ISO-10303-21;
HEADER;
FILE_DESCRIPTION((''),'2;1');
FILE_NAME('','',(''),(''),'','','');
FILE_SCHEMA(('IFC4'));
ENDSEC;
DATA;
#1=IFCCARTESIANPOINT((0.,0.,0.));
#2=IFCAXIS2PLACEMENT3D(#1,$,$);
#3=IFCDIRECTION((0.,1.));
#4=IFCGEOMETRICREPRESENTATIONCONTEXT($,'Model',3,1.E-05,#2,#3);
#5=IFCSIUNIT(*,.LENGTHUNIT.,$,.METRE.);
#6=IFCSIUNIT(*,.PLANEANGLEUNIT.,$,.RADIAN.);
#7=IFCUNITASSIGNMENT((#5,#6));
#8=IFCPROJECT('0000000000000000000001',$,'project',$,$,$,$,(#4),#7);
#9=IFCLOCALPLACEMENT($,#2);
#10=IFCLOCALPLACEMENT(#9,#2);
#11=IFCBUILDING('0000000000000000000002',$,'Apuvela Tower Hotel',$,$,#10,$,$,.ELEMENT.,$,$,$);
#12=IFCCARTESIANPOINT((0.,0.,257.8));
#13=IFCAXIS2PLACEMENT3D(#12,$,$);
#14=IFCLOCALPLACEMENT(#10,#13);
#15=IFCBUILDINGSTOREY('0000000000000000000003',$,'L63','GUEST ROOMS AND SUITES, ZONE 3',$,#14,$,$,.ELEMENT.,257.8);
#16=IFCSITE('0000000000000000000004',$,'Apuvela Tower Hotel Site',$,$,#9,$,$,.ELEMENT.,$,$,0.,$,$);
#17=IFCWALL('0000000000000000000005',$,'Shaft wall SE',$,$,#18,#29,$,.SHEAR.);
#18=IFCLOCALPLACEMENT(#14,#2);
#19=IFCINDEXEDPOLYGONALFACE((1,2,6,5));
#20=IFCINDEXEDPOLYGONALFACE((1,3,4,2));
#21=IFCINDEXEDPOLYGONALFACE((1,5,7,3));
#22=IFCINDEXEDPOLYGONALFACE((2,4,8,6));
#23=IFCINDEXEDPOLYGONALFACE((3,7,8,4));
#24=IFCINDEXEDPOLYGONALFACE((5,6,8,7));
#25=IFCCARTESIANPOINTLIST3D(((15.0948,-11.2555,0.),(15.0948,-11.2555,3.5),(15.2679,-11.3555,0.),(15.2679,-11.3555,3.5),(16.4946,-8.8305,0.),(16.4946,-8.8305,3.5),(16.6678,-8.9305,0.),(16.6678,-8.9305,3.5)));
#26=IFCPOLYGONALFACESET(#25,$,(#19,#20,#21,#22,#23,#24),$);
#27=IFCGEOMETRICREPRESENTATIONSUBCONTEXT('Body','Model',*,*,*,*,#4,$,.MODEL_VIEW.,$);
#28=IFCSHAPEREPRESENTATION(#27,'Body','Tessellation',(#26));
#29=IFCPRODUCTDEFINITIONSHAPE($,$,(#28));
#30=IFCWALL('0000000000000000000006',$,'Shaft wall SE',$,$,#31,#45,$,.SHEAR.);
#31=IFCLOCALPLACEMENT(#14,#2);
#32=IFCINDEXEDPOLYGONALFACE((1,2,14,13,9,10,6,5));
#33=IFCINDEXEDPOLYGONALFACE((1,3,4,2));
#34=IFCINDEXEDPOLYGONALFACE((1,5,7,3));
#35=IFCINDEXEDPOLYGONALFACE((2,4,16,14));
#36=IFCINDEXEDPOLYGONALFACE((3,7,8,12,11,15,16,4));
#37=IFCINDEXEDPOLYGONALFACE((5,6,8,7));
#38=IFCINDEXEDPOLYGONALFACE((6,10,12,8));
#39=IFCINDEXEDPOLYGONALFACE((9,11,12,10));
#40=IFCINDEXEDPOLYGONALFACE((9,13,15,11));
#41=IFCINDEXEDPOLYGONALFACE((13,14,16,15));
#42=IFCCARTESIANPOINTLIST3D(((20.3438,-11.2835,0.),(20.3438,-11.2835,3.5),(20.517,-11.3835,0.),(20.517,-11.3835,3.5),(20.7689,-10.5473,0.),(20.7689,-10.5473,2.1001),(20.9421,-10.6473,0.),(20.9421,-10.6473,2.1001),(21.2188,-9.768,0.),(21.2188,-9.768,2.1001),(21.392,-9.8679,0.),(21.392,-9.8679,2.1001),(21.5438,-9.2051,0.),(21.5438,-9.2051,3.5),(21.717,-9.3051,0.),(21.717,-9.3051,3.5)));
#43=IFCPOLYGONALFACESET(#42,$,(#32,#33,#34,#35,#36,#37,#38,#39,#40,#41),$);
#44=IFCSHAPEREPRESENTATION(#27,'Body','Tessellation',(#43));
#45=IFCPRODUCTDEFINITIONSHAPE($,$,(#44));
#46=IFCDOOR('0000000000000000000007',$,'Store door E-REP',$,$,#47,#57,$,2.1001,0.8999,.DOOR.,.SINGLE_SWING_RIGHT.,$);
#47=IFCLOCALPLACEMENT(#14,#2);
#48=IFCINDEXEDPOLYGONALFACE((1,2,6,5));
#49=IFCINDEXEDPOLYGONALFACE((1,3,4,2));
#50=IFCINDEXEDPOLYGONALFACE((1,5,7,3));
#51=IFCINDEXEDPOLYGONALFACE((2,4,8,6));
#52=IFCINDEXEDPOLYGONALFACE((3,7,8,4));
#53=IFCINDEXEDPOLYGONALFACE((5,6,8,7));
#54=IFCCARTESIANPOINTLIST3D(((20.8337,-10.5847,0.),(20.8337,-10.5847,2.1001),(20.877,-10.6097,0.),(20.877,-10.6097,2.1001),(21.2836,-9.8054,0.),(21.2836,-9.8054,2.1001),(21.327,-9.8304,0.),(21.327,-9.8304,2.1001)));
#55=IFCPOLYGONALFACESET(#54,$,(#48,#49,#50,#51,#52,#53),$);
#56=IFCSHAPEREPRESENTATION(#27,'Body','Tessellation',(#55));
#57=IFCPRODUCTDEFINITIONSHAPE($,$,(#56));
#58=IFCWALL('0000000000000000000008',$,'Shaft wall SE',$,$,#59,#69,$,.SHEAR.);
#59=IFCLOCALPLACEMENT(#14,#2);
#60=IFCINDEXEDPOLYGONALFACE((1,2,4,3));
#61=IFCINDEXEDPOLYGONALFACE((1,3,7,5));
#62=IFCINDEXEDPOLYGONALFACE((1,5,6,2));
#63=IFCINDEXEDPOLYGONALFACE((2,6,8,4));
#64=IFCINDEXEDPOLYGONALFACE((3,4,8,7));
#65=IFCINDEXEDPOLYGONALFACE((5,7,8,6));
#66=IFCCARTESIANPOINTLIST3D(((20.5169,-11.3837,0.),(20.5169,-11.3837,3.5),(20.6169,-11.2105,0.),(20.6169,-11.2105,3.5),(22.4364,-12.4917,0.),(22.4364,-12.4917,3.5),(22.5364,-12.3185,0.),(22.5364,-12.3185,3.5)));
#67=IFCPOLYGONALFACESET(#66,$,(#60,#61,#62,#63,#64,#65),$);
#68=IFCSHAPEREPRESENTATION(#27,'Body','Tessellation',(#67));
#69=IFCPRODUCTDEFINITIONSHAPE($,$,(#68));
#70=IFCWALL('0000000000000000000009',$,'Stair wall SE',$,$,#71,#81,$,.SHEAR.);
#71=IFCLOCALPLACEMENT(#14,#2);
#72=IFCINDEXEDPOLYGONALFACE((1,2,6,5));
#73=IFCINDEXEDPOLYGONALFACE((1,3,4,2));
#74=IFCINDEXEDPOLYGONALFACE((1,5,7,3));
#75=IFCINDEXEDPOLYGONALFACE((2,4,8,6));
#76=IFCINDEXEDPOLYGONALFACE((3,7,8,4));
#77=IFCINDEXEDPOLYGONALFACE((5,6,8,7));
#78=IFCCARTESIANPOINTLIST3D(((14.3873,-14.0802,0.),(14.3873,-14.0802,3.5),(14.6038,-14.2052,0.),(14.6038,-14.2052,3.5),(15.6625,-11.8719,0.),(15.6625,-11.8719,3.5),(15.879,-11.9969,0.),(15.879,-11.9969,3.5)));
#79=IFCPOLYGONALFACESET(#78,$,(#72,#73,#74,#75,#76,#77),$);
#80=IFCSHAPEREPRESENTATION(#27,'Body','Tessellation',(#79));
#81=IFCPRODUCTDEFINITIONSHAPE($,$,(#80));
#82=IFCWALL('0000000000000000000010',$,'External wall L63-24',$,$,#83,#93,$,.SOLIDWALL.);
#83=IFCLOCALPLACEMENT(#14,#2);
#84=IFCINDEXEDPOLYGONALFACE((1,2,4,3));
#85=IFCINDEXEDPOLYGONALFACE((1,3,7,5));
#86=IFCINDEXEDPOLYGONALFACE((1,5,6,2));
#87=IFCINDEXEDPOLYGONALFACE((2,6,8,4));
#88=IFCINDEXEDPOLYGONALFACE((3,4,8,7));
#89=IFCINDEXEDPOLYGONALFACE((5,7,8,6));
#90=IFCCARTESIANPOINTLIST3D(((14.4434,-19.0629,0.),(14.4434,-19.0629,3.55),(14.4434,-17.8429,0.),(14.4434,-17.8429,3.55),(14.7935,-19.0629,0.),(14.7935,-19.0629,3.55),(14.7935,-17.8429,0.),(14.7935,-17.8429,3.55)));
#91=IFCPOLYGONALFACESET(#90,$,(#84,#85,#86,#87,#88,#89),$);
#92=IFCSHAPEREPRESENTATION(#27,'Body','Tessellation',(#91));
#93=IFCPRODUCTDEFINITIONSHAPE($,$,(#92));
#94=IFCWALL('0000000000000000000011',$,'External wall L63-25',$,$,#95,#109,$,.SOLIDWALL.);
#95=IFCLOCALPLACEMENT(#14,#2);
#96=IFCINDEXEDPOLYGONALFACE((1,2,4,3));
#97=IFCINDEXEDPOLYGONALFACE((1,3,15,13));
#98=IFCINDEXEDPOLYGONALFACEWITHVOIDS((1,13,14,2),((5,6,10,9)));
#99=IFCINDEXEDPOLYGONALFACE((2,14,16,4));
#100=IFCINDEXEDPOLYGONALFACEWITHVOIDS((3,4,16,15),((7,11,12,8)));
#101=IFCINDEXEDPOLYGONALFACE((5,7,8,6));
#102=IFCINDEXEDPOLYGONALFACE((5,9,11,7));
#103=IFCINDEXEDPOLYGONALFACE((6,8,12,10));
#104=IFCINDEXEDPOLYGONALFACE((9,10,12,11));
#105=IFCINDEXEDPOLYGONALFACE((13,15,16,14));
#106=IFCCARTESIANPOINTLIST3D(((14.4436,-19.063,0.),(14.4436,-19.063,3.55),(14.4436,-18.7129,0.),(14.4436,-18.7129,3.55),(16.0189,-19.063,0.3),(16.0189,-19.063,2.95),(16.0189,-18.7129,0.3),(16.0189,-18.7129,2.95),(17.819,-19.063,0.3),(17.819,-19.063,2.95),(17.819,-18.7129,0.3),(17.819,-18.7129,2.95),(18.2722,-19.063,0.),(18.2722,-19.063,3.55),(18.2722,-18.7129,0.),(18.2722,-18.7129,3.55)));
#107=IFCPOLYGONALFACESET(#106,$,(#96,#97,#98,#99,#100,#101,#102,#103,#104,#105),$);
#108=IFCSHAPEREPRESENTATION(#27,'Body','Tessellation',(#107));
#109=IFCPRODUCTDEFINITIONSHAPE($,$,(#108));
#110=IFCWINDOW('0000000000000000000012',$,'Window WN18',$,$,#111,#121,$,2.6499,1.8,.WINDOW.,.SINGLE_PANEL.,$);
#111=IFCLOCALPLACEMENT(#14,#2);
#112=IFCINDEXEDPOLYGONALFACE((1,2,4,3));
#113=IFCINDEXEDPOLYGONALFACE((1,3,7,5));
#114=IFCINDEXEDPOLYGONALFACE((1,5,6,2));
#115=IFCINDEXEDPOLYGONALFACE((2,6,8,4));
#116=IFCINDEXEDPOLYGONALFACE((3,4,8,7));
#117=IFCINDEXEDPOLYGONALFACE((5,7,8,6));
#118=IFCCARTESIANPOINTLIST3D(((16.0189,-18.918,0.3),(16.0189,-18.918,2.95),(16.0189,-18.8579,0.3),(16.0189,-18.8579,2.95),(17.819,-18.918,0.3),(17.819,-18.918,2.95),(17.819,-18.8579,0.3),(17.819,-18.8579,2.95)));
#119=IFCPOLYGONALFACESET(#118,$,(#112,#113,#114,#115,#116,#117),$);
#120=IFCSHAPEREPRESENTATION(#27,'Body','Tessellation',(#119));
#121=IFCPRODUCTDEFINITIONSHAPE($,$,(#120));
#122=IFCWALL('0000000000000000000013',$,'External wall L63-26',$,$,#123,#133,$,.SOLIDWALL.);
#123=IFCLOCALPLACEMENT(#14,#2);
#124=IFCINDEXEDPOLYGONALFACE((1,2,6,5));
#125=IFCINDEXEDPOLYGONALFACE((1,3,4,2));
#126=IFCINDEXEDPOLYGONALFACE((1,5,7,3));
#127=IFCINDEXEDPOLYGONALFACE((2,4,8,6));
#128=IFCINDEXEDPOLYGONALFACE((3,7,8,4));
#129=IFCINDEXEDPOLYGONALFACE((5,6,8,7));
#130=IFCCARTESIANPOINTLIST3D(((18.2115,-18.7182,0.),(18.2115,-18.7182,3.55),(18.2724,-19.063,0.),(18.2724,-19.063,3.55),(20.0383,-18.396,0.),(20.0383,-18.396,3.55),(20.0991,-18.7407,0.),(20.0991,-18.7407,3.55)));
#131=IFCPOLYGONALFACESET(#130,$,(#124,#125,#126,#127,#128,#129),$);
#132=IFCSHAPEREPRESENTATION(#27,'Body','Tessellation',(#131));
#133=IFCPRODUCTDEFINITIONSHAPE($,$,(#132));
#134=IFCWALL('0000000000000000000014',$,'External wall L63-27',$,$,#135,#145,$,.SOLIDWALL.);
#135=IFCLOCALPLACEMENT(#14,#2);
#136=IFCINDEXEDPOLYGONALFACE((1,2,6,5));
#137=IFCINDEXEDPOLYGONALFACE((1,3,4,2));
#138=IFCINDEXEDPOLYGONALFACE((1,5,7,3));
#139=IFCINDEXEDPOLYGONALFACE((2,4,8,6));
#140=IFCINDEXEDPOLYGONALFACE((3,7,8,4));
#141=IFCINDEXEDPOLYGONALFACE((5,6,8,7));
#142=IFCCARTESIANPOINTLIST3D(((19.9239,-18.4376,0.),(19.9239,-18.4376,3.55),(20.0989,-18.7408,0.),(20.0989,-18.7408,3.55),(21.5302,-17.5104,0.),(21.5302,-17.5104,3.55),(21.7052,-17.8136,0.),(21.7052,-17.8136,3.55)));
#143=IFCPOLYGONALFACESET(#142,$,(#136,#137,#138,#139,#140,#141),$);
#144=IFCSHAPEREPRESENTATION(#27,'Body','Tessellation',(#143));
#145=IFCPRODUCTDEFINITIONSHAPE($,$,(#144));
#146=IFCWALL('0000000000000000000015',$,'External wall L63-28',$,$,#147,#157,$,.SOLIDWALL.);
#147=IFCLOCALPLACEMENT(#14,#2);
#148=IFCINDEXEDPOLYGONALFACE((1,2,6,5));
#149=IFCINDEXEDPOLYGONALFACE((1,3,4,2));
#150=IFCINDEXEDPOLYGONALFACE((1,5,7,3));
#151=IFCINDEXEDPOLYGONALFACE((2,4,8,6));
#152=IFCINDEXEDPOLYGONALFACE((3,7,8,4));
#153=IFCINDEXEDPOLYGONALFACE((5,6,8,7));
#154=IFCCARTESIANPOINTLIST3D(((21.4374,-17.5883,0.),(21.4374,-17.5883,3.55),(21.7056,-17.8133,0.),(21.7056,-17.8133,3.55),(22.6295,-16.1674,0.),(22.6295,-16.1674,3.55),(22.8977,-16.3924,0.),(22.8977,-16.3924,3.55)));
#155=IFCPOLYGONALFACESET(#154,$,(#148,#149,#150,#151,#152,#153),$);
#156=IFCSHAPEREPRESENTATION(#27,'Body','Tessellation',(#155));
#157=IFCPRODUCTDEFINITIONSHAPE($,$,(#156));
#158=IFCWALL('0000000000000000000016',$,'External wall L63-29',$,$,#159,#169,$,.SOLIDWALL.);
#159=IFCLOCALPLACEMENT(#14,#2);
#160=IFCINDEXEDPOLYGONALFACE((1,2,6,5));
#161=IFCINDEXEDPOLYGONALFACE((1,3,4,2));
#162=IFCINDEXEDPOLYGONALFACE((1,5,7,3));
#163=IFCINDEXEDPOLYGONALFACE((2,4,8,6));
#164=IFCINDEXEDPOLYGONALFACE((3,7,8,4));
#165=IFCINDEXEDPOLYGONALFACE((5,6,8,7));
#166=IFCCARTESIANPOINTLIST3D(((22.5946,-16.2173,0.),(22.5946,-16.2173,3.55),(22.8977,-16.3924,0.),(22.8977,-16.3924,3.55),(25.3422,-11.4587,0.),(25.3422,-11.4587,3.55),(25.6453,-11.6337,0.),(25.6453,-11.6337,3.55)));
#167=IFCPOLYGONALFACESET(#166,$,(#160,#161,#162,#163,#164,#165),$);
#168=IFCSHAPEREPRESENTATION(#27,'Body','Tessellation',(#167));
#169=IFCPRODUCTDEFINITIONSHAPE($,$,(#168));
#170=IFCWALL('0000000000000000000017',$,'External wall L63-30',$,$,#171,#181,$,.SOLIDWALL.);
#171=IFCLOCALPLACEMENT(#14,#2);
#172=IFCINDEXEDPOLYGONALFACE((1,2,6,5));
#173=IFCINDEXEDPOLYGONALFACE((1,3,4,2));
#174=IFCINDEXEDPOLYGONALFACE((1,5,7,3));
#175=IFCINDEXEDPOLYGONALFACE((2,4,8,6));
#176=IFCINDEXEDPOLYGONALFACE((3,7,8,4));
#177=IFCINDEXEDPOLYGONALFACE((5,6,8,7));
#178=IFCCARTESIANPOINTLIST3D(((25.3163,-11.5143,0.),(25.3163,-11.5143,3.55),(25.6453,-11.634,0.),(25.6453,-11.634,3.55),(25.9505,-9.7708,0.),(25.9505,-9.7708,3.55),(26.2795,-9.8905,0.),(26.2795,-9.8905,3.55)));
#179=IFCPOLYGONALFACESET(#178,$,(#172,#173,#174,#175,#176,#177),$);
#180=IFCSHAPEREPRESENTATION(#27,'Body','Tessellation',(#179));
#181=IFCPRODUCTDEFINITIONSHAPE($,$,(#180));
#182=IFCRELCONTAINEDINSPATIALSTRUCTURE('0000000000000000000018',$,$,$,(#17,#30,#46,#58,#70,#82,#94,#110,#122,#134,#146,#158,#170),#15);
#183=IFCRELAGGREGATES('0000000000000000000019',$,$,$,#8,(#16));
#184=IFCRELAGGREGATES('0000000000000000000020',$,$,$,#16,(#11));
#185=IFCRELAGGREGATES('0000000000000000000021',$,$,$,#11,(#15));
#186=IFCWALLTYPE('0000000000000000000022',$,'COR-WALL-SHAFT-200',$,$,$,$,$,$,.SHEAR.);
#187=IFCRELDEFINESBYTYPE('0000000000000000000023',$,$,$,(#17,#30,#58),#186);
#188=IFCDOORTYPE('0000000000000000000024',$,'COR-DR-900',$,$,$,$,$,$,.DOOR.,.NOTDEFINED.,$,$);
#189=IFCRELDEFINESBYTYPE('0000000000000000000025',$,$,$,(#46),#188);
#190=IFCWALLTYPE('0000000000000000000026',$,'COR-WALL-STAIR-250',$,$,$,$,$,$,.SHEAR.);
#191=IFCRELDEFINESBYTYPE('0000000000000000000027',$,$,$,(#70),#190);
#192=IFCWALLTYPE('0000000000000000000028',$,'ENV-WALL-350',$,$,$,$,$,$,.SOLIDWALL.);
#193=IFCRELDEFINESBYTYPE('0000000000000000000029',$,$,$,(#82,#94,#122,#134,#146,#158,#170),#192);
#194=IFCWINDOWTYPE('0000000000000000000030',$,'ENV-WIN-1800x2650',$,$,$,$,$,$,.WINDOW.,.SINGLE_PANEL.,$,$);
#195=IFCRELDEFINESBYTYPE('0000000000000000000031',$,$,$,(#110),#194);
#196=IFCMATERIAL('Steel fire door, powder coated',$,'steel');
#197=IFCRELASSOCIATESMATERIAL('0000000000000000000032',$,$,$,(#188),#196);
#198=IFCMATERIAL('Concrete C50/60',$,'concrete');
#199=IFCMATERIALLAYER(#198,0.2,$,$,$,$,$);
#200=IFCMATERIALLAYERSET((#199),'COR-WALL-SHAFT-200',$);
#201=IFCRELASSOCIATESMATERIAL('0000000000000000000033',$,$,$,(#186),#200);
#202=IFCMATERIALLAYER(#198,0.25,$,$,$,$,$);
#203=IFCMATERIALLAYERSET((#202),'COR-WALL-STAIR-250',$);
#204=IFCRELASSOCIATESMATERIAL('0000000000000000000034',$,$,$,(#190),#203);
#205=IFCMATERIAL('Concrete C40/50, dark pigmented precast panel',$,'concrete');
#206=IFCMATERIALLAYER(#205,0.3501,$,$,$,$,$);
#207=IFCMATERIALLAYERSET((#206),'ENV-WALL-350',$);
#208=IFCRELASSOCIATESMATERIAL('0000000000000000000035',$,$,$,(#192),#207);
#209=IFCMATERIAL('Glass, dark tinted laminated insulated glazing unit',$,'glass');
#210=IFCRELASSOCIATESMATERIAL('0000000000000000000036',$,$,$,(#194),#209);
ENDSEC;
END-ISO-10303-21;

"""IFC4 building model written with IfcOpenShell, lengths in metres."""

from ifc_helpers import new_model, si_unit, direction, frame, frame_2d, origin, place, context, subcontext, project, spatial, rectangle, extrude, material, layer, layer_set, type_object, element, fill, save


model = new_model("IFC4")

# Units and contexts
model_context = context("Model", 3, precision=1e-05, world=origin(), true_north=direction((0.0, 1.0)))
body_context = subcontext(model_context, "Body", "Model", "MODEL_VIEW")
ifc_project = project(units=[si_unit("LENGTHUNIT", "METRE"), si_unit("PLANEANGLEUNIT", "RADIAN")], contexts=[model_context])

# Site, building, storey
site_placement = place(None, origin())
site = spatial("IfcSite", under=ifc_project, at=site_placement, Name="Apuvela Tower Hotel Site", CompositionType="ELEMENT", RefElevation=0.0)
building_placement = place(site_placement, origin())
building = spatial("IfcBuilding", under=site, at=building_placement, Name="Apuvela Tower Hotel", CompositionType="ELEMENT")
storey_placement = place(building_placement, frame((0.0, 0.0, 257.8)))
storey = spatial("IfcBuildingStorey", under=building, at=storey_placement, Name="L63", Description="GUEST ROOMS AND SUITES, ZONE 3", CompositionType="ELEMENT", Elevation=257.8)

# Shared definitions
ifc_material_1 = material(Name="Steel fire door, powder coated", Category="steel")
door_type_1 = type_object("IfcDoorType", Name="COR-DR-900", OperationType="NOTDEFINED", PredefinedType="DOOR", material=ifc_material_1)

# Wall
ifc_material_2 = material(Name="Concrete C50/60", Category="concrete")
ifc_layer_1 = layer(ifc_material_2, 0.2)
ifc_layer_set_1 = layer_set([ifc_layer_1], Name="COR-WALL-SHAFT-200")
wall_type_1 = type_object("IfcWallType", Name="COR-WALL-SHAFT-200", PredefinedType="SHEAR", material=ifc_layer_set_1)
wall_1_placement = place(storey_placement, frame((15.1814, -11.3054, 0.0), z_axis=(0.0, 0.0, 1.0), x_axis=(0.499946, 0.866056, 0.0)))
element("IfcWall", 1, at=wall_1_placement, inside=storey, type_object=wall_type_1, Name="Shaft wall SE", PredefinedType="SHEAR", context=body_context, shape_type="SweptSolid", body=[
    extrude(rectangle(XDim=2.8, YDim=0.2, at=frame_2d((1.3999, 0.0))), origin(), (0.0, 0.0, 1.0), 3.5),
])

# Wall, opening, door
wall_2_placement = place(storey_placement, frame((20.4304, -11.3335, 0.0), z_axis=(0.0, 0.0, 1.0), x_axis=(0.500001, 0.866025, 0.0)))
wall_2 = element("IfcWall", 2, at=wall_2_placement, inside=storey, type_object=wall_type_1, Name="Shaft wall SE", PredefinedType="SHEAR", context=body_context, shape_type="SweptSolid", body=[
    extrude(rectangle(XDim=2.3999, YDim=0.2, at=frame_2d((1.2, 0.0))), origin(), (0.0, 0.0, 1.0), 3.5),
])
opening_1_placement = place(wall_2_placement, frame((0.8501, 0.0, 0.0)))
opening_1 = element("IfcOpeningElement", 3, at=opening_1_placement, cuts=wall_2, PredefinedType="OPENING", context=body_context, shape_type="SweptSolid", body=[
    extrude(rectangle(XDim=0.8999, YDim=2.1001, at=frame_2d((0.45, 1.05))), frame((0.0, 0.1099, 0.0), z_axis=(0.0, -1.0, 0.0), x_axis=(1.0, 0.0, 0.0)), (0.0, 0.0, 1.0), 0.22),
])
door_1_placement = place(opening_1_placement, frame((0.8999, 0.0, 0.0), z_axis=(0.0, 0.0, 1.0), x_axis=(-1.0, 0.0, 0.0)))
door_1 = element("IfcDoor", 4, at=door_1_placement, inside=storey, type_object=door_type_1, Name="Store door E-REP", OperationType="SINGLE_SWING_RIGHT", OverallHeight=2.1001, OverallWidth=0.8999, PredefinedType="DOOR", context=body_context, shape_type="SweptSolid", body=[
    extrude(rectangle(XDim=0.8999, YDim=2.1001, at=frame_2d((0.45, 1.05))), frame((0.0, 0.0249, 0.0), z_axis=(0.0, -1.0, 0.0), x_axis=(1.0, 0.0, 0.0)), (0.0, 0.0, 1.0), 0.05),
])
fill(opening_1, door_1)

# Walls
wall_3_placement = place(storey_placement, frame((20.5669, -11.2971, 0.0), z_axis=(0.0, 0.0, 1.0), x_axis=(0.866079, -0.499907, 0.0)))
element("IfcWall", 5, at=wall_3_placement, inside=storey, type_object=wall_type_1, Name="Shaft wall SE", PredefinedType="SHEAR", context=body_context, shape_type="SweptSolid", body=[
    extrude(rectangle(XDim=2.2163, YDim=0.2, at=frame_2d((1.1082, 0.0))), origin(), (0.0, 0.0, 1.0), 3.5),
])
ifc_layer_2 = layer(ifc_material_2, 0.25)
ifc_layer_set_2 = layer_set([ifc_layer_2], Name="COR-WALL-STAIR-250")
wall_type_2 = type_object("IfcWallType", Name="COR-WALL-STAIR-250", PredefinedType="SHEAR", material=ifc_layer_set_2)
wall_4_placement = place(storey_placement, frame((14.4956, -14.1426, 0.0), z_axis=(0.0, 0.0, 1.0), x_axis=(0.500062, 0.865989, 0.0)))
element("IfcWall", 6, at=wall_4_placement, inside=storey, type_object=wall_type_2, Name="Stair wall SE", PredefinedType="SHEAR", context=body_context, shape_type="SweptSolid", body=[
    extrude(rectangle(XDim=2.55, YDim=0.25, at=frame_2d((1.2749, 0.0))), origin(), (0.0, 0.0, 1.0), 3.5),
])
ifc_material_3 = material(Name="Concrete C40/50, dark pigmented precast panel", Category="concrete")
ifc_layer_3 = layer(ifc_material_3, 0.3501)
ifc_layer_set_3 = layer_set([ifc_layer_3], Name="ENV-WALL-350")
wall_type_3 = type_object("IfcWallType", Name="ENV-WALL-350", PredefinedType="SOLIDWALL", material=ifc_layer_set_3)
wall_5_placement = place(storey_placement, frame((14.6184, -17.843, 0.0), z_axis=(0.0, 0.0, 1.0), x_axis=(0.0, -1.0, 0.0)))
element("IfcWall", 7, at=wall_5_placement, inside=storey, type_object=wall_type_3, Name="External wall L63-24", PredefinedType="SOLIDWALL", context=body_context, shape_type="SweptSolid", body=[
    extrude(rectangle(XDim=1.22, YDim=0.3501, at=frame_2d((0.6099, 0.0))), origin(), (0.0, 0.0, 1.0), 3.55),
])

# Wall, opening, window
wall_6_placement = place(storey_placement, frame((14.4436, -18.8879, 0.0), z_axis=(0.0, 0.0, 1.0), x_axis=(1.0, 0.0, 0.0)))
wall_6 = element("IfcWall", 8, at=wall_6_placement, inside=storey, type_object=wall_type_3, Name="External wall L63-25", PredefinedType="SOLIDWALL", context=body_context, shape_type="SweptSolid", body=[
    extrude(rectangle(XDim=3.8286, YDim=0.3501, at=frame_2d((1.9143, 0.0))), origin(), (0.0, 0.0, 1.0), 3.55),
])
opening_2_placement = place(wall_6_placement, frame((1.5754, 0.0, 0.3)))
opening_2 = element("IfcOpeningElement", 9, at=opening_2_placement, cuts=wall_6, PredefinedType="OPENING", context=body_context, shape_type="SweptSolid", body=[
    extrude(rectangle(XDim=1.8, YDim=2.6499, at=frame_2d((0.8999, 1.325))), frame((0.0, 0.1851, 0.0), z_axis=(0.0, -1.0, 0.0), x_axis=(1.0, 0.0, 0.0)), (0.0, 0.0, 1.0), 0.3701),
])
ifc_material_4 = material(Name="Glass, dark tinted laminated insulated glazing unit", Category="glass")
window_type = type_object("IfcWindowType", Name="ENV-WIN-1800x2650", PartitioningType="SINGLE_PANEL", PredefinedType="WINDOW", material=ifc_material_4)
window_placement = place(opening_2_placement, origin())
window = element("IfcWindow", 10, at=window_placement, inside=storey, type_object=window_type, Name="Window WN18", OverallHeight=2.6499, OverallWidth=1.8, PartitioningType="SINGLE_PANEL", PredefinedType="WINDOW", context=body_context, shape_type="SweptSolid", body=[
    extrude(rectangle(XDim=1.8, YDim=2.6499, at=frame_2d((0.8999, 1.325))), frame((0.0, 0.03, 0.0), z_axis=(0.0, -1.0, 0.0), x_axis=(1.0, 0.0, 0.0)), (0.0, 0.0, 1.0), 0.0601),
])
fill(opening_2, window)

# Walls
wall_7_placement = place(storey_placement, frame((18.2419, -18.8906, 0.0), z_axis=(0.0, 0.0, 1.0), x_axis=(0.984792, 0.17374, 0.0)))
element("IfcWall", 11, at=wall_7_placement, inside=storey, type_object=wall_type_3, Name="External wall L63-26", PredefinedType="SOLIDWALL", context=body_context, shape_type="SweptSolid", body=[
    extrude(rectangle(XDim=1.855, YDim=0.3501, at=frame_2d((0.9275, 0.0))), origin(), (0.0, 0.0, 1.0), 3.55),
])
for number, where, z_axis, x_axis, name in (
    (12, (20.0115, -18.5891, 0.0), (0.0, 0.0, 1.0), (0.86608, 0.499905, 0.0), "External wall L63-27"),
    (13, (21.5715, -17.7007, 0.0), (0.0, 0.0, 1.0), (0.642744, 0.766081, 0.0), "External wall L63-28"),
):
    element("IfcWall", number, at=place(storey_placement, frame(where, z_axis=z_axis, x_axis=x_axis)), inside=storey, type_object=wall_type_3, Name=name, PredefinedType="SOLIDWALL", context=body_context, shape_type="SweptSolid", body=[
        extrude(rectangle(XDim=1.8547, YDim=0.3501, at=frame_2d((0.9272, 0.0))), origin(), (0.0, 0.0, 1.0), 3.55),
    ])
wall_8_placement = place(storey_placement, frame((22.7461, -16.3049, 0.0), z_axis=(0.0, 0.0, 1.0), x_axis=(0.500029, 0.866009, 0.0)))
element("IfcWall", 14, at=wall_8_placement, inside=storey, type_object=wall_type_3, Name="External wall L63-29", PredefinedType="SOLIDWALL", context=body_context, shape_type="SweptSolid", body=[
    extrude(rectangle(XDim=5.4949, YDim=0.3501, at=frame_2d((2.7476, 0.0))), origin(), (0.0, 0.0, 1.0), 3.55),
])
wall_9_placement = place(storey_placement, frame((25.4807, -11.5742, 0.0), z_axis=(0.0, 0.0, 1.0), x_axis=(0.341891, 0.93974, 0.0)))
element("IfcWall", 15, at=wall_9_placement, inside=storey, type_object=wall_type_3, Name="External wall L63-30", PredefinedType="SOLIDWALL", context=body_context, shape_type="SweptSolid", body=[
    extrude(rectangle(XDim=1.8552, YDim=0.3501, at=frame_2d((0.9277, 0.0))), origin(), (0.0, 0.0, 1.0), 3.55),
])

save(model, "model.ifc")
